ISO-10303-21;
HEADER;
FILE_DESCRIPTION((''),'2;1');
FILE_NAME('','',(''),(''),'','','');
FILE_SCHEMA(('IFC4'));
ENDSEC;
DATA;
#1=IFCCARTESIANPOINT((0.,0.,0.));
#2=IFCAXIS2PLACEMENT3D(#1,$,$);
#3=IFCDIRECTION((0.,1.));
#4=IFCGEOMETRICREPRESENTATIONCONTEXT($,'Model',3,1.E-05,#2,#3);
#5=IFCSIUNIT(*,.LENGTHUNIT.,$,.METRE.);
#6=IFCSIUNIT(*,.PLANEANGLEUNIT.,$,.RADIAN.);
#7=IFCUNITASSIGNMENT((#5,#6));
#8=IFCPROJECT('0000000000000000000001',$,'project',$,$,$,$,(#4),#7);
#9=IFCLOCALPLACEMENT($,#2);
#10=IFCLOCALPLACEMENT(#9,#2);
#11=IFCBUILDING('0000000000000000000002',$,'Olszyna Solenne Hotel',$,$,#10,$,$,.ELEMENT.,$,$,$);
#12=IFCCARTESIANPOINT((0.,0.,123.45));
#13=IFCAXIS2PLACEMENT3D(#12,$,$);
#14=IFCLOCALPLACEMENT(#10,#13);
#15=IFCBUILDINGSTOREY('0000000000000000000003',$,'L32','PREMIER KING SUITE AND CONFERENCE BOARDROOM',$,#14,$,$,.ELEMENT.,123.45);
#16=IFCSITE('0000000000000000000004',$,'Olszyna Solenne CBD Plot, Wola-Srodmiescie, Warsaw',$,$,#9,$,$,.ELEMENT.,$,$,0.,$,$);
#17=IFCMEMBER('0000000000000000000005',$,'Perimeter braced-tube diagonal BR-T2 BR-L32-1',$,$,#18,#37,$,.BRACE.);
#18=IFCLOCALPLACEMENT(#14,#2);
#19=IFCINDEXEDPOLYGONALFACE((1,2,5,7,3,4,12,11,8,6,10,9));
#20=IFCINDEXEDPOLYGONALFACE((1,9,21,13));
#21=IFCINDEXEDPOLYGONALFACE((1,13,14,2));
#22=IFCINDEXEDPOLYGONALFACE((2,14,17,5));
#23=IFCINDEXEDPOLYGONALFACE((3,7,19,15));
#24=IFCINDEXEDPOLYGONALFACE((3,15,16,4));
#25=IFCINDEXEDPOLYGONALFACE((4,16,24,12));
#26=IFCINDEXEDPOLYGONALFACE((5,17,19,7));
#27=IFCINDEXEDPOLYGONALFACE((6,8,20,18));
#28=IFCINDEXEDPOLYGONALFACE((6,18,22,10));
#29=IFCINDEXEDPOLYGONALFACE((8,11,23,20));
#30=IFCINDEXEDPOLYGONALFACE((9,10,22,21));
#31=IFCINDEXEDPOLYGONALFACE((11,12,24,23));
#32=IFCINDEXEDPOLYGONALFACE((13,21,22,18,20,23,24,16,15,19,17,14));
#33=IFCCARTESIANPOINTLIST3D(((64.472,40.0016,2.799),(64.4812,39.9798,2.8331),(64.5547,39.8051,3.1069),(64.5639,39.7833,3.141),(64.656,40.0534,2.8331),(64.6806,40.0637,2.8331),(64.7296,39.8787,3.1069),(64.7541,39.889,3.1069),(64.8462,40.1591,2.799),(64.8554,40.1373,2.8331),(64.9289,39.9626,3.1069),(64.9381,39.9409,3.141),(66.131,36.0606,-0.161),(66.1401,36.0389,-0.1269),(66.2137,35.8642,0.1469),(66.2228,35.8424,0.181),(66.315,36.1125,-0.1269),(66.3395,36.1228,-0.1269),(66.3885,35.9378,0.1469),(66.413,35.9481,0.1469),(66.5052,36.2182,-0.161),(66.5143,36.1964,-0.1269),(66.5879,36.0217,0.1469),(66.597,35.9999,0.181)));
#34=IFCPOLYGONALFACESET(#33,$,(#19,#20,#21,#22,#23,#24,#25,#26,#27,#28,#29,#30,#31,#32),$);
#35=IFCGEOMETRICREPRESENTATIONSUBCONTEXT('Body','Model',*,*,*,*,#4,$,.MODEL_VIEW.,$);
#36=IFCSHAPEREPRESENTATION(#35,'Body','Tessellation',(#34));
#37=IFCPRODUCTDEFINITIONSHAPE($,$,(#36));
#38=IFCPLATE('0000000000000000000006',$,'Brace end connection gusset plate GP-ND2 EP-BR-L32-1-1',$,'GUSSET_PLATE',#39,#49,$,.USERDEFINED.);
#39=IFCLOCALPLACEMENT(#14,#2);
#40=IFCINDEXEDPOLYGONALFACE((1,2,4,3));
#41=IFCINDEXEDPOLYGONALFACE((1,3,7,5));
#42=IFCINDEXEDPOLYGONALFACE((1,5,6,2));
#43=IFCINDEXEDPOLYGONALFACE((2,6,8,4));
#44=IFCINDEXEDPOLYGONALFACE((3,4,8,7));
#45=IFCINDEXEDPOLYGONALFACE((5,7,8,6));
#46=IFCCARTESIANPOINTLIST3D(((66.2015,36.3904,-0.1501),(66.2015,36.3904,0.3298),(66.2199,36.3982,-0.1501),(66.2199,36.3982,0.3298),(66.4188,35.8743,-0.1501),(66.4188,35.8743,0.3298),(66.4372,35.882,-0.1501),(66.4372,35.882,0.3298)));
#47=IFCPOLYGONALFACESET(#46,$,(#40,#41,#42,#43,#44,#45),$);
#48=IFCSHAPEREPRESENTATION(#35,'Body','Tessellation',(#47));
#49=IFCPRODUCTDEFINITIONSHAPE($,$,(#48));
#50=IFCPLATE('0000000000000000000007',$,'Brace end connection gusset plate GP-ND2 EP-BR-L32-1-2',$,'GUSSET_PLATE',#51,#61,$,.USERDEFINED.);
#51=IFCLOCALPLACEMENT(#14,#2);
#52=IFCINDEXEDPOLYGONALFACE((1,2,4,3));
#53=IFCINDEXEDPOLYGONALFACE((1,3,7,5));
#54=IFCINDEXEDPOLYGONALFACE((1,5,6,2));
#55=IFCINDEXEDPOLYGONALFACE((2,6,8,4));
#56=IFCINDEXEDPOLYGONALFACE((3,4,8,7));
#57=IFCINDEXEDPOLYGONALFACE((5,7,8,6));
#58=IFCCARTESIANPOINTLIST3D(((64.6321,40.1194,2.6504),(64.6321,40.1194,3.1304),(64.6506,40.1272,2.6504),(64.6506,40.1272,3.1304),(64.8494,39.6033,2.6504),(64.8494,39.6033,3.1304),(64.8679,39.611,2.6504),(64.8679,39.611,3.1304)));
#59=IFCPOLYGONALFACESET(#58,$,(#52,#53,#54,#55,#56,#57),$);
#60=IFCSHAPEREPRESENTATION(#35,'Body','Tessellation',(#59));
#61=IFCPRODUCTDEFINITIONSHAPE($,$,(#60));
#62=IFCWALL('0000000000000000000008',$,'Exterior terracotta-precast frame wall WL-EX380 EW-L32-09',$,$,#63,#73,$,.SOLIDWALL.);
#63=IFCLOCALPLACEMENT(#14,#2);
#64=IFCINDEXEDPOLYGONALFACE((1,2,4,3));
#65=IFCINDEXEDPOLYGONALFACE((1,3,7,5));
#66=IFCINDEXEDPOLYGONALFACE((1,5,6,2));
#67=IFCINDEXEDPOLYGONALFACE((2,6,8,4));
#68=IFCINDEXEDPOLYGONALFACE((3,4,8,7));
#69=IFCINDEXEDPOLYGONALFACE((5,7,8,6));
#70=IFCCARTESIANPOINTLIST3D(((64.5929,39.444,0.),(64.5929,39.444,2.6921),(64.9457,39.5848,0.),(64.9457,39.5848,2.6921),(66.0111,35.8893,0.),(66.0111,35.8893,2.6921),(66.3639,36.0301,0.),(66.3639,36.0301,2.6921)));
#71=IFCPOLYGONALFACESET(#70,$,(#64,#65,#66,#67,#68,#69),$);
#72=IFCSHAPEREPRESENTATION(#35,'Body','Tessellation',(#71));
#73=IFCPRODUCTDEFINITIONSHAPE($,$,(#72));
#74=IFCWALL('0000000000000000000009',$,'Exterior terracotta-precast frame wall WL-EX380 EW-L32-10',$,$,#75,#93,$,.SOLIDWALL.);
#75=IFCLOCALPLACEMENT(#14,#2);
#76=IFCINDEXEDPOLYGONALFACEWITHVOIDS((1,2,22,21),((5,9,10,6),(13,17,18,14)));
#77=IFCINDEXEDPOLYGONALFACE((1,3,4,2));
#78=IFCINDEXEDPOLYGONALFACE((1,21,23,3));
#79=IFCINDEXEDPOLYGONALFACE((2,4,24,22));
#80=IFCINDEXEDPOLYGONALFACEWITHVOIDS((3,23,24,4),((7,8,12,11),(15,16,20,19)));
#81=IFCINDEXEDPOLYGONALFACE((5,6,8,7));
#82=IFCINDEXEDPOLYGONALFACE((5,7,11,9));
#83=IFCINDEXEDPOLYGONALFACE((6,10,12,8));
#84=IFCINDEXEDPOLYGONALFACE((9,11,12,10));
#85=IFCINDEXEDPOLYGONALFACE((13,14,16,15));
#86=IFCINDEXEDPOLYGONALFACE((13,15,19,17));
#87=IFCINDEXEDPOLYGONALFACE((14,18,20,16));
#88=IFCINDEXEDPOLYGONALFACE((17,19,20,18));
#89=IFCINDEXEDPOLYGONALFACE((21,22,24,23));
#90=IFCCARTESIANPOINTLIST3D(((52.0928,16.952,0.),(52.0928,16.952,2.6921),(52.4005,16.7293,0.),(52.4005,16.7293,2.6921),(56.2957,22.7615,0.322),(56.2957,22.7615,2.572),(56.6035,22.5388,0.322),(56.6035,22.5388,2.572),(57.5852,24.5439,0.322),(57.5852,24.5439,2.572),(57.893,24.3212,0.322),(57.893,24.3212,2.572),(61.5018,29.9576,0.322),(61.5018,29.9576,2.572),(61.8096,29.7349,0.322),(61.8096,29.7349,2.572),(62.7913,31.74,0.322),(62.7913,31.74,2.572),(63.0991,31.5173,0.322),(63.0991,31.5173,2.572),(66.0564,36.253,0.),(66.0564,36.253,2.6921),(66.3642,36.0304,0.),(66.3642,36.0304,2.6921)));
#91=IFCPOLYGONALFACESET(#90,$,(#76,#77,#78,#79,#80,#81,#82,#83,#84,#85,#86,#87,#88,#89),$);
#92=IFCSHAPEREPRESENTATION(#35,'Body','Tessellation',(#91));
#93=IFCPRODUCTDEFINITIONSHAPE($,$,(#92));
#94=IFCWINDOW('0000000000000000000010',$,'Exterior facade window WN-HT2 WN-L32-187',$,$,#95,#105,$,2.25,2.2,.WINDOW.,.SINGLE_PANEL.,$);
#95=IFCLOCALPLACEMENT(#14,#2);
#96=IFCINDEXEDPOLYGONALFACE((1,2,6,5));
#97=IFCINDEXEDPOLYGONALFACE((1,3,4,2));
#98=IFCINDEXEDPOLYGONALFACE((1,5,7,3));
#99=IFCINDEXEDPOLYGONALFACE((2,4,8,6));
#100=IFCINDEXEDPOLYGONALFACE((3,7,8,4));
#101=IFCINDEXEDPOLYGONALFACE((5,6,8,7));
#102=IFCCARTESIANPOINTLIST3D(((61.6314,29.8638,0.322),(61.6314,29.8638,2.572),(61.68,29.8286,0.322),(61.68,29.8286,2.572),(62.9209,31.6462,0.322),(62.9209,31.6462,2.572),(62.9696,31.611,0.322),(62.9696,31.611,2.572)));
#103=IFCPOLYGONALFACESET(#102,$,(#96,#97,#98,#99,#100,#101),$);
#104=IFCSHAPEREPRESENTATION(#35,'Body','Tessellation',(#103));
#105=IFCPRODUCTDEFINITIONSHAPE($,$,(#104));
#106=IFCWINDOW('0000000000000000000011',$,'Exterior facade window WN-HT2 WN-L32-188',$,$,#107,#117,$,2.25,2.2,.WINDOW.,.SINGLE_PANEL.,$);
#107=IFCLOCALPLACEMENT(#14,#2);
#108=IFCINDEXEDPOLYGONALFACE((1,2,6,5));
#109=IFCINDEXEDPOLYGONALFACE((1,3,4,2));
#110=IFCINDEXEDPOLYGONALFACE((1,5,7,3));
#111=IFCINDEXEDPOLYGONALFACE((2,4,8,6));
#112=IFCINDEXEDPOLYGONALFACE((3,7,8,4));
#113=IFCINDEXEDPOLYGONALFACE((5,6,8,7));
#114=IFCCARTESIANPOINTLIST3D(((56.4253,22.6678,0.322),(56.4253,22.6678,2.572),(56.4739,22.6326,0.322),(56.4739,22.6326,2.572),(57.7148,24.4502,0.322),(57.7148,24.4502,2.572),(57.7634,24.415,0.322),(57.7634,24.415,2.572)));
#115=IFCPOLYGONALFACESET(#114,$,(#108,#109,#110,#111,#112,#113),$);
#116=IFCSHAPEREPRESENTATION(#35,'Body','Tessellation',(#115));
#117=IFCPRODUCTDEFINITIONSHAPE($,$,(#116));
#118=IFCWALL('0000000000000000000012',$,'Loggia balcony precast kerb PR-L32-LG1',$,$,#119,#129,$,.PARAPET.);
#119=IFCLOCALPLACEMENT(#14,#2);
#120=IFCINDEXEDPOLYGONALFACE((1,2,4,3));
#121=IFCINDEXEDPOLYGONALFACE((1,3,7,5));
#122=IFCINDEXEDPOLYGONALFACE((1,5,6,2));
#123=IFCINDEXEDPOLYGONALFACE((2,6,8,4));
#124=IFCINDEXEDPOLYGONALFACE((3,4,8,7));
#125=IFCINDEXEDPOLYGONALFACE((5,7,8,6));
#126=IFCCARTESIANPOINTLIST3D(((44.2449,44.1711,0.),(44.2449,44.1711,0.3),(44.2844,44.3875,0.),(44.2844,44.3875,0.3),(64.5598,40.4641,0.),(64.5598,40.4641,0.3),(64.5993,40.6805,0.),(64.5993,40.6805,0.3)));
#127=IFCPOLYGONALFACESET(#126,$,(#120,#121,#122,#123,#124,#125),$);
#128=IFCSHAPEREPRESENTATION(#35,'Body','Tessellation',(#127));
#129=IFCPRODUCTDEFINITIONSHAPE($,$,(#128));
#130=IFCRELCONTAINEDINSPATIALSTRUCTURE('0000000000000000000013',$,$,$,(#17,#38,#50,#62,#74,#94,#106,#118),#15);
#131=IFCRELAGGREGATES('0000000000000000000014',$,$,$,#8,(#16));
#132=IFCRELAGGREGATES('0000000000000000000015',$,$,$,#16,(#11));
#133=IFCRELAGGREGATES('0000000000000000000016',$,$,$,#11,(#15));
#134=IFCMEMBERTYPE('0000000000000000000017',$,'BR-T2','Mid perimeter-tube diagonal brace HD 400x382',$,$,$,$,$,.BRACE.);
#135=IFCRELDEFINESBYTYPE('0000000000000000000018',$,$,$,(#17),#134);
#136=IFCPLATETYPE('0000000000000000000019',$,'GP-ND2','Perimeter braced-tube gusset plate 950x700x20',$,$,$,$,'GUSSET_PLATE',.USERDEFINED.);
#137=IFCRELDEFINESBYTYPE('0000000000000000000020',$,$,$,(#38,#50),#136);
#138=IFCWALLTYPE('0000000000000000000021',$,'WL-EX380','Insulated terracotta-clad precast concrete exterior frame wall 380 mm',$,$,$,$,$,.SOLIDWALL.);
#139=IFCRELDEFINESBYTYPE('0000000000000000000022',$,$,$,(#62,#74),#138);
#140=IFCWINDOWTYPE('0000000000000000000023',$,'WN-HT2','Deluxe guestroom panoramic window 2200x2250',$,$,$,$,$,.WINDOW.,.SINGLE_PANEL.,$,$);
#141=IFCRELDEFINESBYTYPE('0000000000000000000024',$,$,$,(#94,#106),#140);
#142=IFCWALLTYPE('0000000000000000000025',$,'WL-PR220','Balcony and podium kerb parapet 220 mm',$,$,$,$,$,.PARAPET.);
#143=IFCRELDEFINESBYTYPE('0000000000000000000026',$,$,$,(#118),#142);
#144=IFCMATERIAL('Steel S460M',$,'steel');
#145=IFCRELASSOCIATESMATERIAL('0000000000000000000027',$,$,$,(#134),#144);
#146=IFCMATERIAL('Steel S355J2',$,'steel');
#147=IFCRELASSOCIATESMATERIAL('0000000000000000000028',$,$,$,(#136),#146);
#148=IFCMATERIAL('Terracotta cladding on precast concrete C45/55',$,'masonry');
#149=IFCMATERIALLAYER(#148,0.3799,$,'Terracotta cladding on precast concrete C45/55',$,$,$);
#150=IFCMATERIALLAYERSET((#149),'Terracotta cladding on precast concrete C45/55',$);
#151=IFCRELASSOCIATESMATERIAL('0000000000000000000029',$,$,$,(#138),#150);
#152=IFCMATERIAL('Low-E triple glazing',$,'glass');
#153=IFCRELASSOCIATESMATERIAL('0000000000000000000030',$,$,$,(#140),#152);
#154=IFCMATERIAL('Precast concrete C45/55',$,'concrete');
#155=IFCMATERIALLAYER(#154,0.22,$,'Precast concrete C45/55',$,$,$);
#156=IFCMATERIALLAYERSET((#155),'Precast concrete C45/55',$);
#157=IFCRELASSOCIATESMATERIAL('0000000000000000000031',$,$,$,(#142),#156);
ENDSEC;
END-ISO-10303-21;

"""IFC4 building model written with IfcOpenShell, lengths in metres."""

from ifc_helpers import new_model, si_unit, direction, frame, frame_2d, origin, origin_2d, place, context, subcontext, project, spatial, rectangle, i_section, extrude, source, transform, mapped, material, layer, layer_set, material_profile, profile_set, type_object, type_shapes, element, fill, save


model = new_model("IFC4")

# Units and contexts
model_context = context("Model", 3, precision=1e-05, world=origin(), true_north=direction((0.0, 1.0)))
body_context = subcontext(model_context, "Body", "Model", "MODEL_VIEW")
ifc_project = project(units=[si_unit("LENGTHUNIT", "METRE"), si_unit("PLANEANGLEUNIT", "RADIAN")], contexts=[model_context])

# Site, building, storey
site_placement = place(None, origin())
site = spatial("IfcSite", under=ifc_project, at=site_placement, Name="Olszyna Solenne CBD Plot, Wola-Srodmiescie, Warsaw", CompositionType="ELEMENT", RefElevation=0.0)
building_placement = place(site_placement, origin())
building = spatial("IfcBuilding", under=site, at=building_placement, Name="Olszyna Solenne Hotel", CompositionType="ELEMENT")
storey_placement = place(building_placement, frame((0.0, 0.0, 123.45)))
storey = spatial("IfcBuildingStorey", under=building, at=storey_placement, Name="L32", Description="PREMIER KING SUITE AND CONFERENCE BOARDROOM", CompositionType="ELEMENT", Elevation=123.45)

# Shared definitions
ifc_material_1 = material(Name="Steel S460M", Category="steel")

# Shared definitions
ifc_material_2 = material(Name="Steel S355J2", Category="steel")

# Member
ifc_material_profile_1 = material_profile(ifc_material_1, i_section(OverallWidth=0.406, OverallDepth=0.416, WebThickness=0.0266, FlangeThickness=0.0415, at=origin_2d()), Name="HD 400x382", Category="load-bearing")
ifc_profile_set_1 = profile_set([ifc_material_profile_1], Name="Steel S460M")
member_type = type_object("IfcMemberType", Name="BR-T2", Description="Mid perimeter-tube diagonal brace HD 400x382", PredefinedType="BRACE", material=ifc_profile_set_1)
shared_shape_1 = source(origin(), body_context, "Body", "SweptSolid", [
    extrude(i_section(OverallWidth=0.406, OverallDepth=0.416, WebThickness=0.0266, FlangeThickness=0.0415, at=origin_2d()), origin(), (0.0, 0.0, 1.0), 5.2004),
])
member_placement = place(storey_placement, frame((66.364, 36.0303, 0.01), z_axis=(-0.319001, 0.757809, 0.569178), x_axis=(-0.921669, -0.387978, 0.0)))
element("IfcMember", 1, at=member_placement, inside=storey, type_object=member_type, Name="Perimeter braced-tube diagonal BR-T2 BR-L32-1", PredefinedType="BRACE", context=body_context, shape_type="MappedRepresentation", body=[
    mapped(shared_shape_1, transform((0.0, 0.0, 0.0), x_axis=(1.0, 0.0, 0.0), y_axis=(0.0, 1.0, 0.0), z_axis=(0.0, 0.0, 1.0), scale=1.0)),
])

# Plates
plate_type = type_object("IfcPlateType", Name="GP-ND2", Description="Perimeter braced-tube gusset plate 950x700x20", ElementType="GUSSET_PLATE", PredefinedType="USERDEFINED", material=ifc_material_2)
shared_shape_2 = source(origin(), body_context, "Body", "SweptSolid", [
    extrude(rectangle(XDim=0.5601, YDim=0.02, at=origin_2d()), origin(), (0.0, 0.0, 1.0), 0.48),
])
for number, where, z_axis, x_axis, name in (
    (2, (66.3193, 36.1362, -0.1501), (0.0, 0.0, 1.0), (-0.387998, 0.92166, 0.0), "Brace end connection gusset plate GP-ND2 EP-BR-L32-1-1"),
    (3, (64.75, 39.8652, 2.6504), (0.0, 0.0, 1.0), (-0.387998, 0.92166, 0.0), "Brace end connection gusset plate GP-ND2 EP-BR-L32-1-2"),
):
    element("IfcPlate", number, at=place(storey_placement, frame(where, z_axis=z_axis, x_axis=x_axis)), inside=storey, type_object=plate_type, Name=name, ObjectType="GUSSET_PLATE", PredefinedType="USERDEFINED", context=body_context, shape_type="MappedRepresentation", body=[
        mapped(shared_shape_2, transform((0.0, 0.0, 0.0), x_axis=(1.0, 0.0, 0.0), y_axis=(0.0, 1.0, 0.0), z_axis=(0.0, 0.0, 1.0), scale=1.0)),
    ])

# Wall
ifc_material_3 = material(Name="Terracotta cladding on precast concrete C45/55", Category="masonry")
ifc_layer_1 = layer(ifc_material_3, 0.3799, Name="Terracotta cladding on precast concrete C45/55")
ifc_layer_set_1 = layer_set([ifc_layer_1], Name="Terracotta cladding on precast concrete C45/55")
wall_type_1 = type_object("IfcWallType", Name="WL-EX380", Description="Insulated terracotta-clad precast concrete exterior frame wall 380 mm", PredefinedType="SOLIDWALL", material=ifc_layer_set_1)
wall_1_placement = place(storey_placement, frame((64.7693, 39.5144, 0.0), z_axis=(0.0, 0.0, 1.0), x_axis=(0.370566, -0.928806, 0.0)))
element("IfcWall", 4, at=wall_1_placement, inside=storey, type_object=wall_type_1, Name="Exterior terracotta-precast frame wall WL-EX380 EW-L32-09", PredefinedType="SOLIDWALL", context=body_context, shape_type="SweptSolid", body=[
    extrude(rectangle(XDim=3.8271, YDim=0.3799, at=frame_2d((1.9136, 0.0))), origin(), (0.0, 0.0, 1.0), 2.6921),
])

# Wall, openings, windows
wall_2_placement = place(storey_placement, frame((66.2102, 36.1416, 0.0), z_axis=(0.0, 0.0, 1.0), x_axis=(-0.586152, -0.810201, 0.0)))
wall_2 = element("IfcWall", 5, at=wall_2_placement, inside=storey, type_object=wall_type_1, Name="Exterior terracotta-precast frame wall WL-EX380 EW-L32-10", PredefinedType="SOLIDWALL", context=body_context, shape_type="SweptSolid", body=[
    extrude(rectangle(XDim=23.8225, YDim=0.3799, at=frame_2d((11.9111, 0.0))), origin(), (0.0, 0.0, 1.0), 2.6921),
])
opening_1_placement = place(wall_2_placement, frame((5.5701, 0.0, 0.322)))
opening_1 = element("IfcOpeningElement", 6, at=opening_1_placement, cuts=wall_2, PredefinedType="OPENING", context=body_context, shape_type="SweptSolid", body=[
    extrude(rectangle(XDim=2.2, YDim=2.25, at=frame_2d((1.1001, 1.125))), frame((0.0, 0.2, 0.0), z_axis=(0.0, -1.0, 0.0), x_axis=(1.0, 0.0, 0.0)), (0.0, 0.0, 1.0), 0.3999),
])
opening_2_placement = place(wall_2_placement, frame((14.4519, 0.0, 0.322)))
opening_2 = element("IfcOpeningElement", 7, at=opening_2_placement, cuts=wall_2, PredefinedType="OPENING", context=body_context, shape_type="SweptSolid", body=[
    extrude(rectangle(XDim=2.2, YDim=2.25, at=frame_2d((1.1001, 1.125))), frame((0.0, 0.2, 0.0), z_axis=(0.0, -1.0, 0.0), x_axis=(1.0, 0.0, 0.0)), (0.0, 0.0, 1.0), 0.3999),
])
ifc_material_4 = material(Name="Low-E triple glazing", Category="glass")
window_type = type_object("IfcWindowType", Name="WN-HT2", Description="Deluxe guestroom panoramic window 2200x2250", PartitioningType="SINGLE_PANEL", PredefinedType="WINDOW", material=ifc_material_4)
shared_shape_3 = source(origin(), body_context, "Body", "SweptSolid", [
    extrude(rectangle(XDim=2.2, YDim=2.25, at=frame_2d((1.1001, 1.125))), frame((0.0, 0.03, 0.0), z_axis=(0.0, -1.0, 0.0), x_axis=(1.0, 0.0, 0.0)), (0.0, 0.0, 1.0), 0.0601),
])
type_shapes(window_type, [shared_shape_3])
window_1_placement = place(opening_1_placement, origin())
window_1 = element("IfcWindow", 8, at=window_1_placement, inside=storey, type_object=window_type, Name="Exterior facade window WN-HT2 WN-L32-187", OverallHeight=2.25, OverallWidth=2.2, PartitioningType="SINGLE_PANEL", PredefinedType="WINDOW", context=body_context, shape_type="MappedRepresentation", body=[
    mapped(shared_shape_3, transform((0.0, 0.0, 0.0), x_axis=(1.0, 0.0, 0.0), y_axis=(0.0, 1.0, 0.0), z_axis=(0.0, 0.0, 1.0), scale=1.0)),
])
fill(opening_1, window_1)
window_2_placement = place(opening_2_placement, origin())
window_2 = element("IfcWindow", 9, at=window_2_placement, inside=storey, type_object=window_type, Name="Exterior facade window WN-HT2 WN-L32-188", OverallHeight=2.25, OverallWidth=2.2, PartitioningType="SINGLE_PANEL", PredefinedType="WINDOW", context=body_context, shape_type="MappedRepresentation", body=[
    mapped(shared_shape_3, transform((0.0, 0.0, 0.0), x_axis=(1.0, 0.0, 0.0), y_axis=(0.0, 1.0, 0.0), z_axis=(0.0, 0.0, 1.0), scale=1.0)),
])
fill(opening_2, window_2)

# Wall
ifc_material_5 = material(Name="Precast concrete C45/55", Category="concrete")
ifc_layer_2 = layer(ifc_material_5, 0.22, Name="Precast concrete C45/55")
ifc_layer_set_2 = layer_set([ifc_layer_2], Name="Precast concrete C45/55")
wall_type_2 = type_object("IfcWallType", Name="WL-PR220", Description="Balcony and podium kerb parapet 220 mm", PredefinedType="PARAPET", material=ifc_layer_set_2)
wall_3_placement = place(storey_placement, frame((64.5796, 40.5723, 0.0), z_axis=(0.0, 0.0, 1.0), x_axis=(-0.983755, 0.179514, 0.0)))
element("IfcWall", 10, at=wall_3_placement, inside=storey, type_object=wall_type_2, Name="Loggia balcony precast kerb PR-L32-LG1", PredefinedType="PARAPET", context=body_context, shape_type="SweptSolid", body=[
    extrude(rectangle(XDim=20.6504, YDim=0.22, at=frame_2d((10.3252, 0.0))), origin(), (0.0, 0.0, 1.0), 0.3),
])

save(model, "model.ifc")
